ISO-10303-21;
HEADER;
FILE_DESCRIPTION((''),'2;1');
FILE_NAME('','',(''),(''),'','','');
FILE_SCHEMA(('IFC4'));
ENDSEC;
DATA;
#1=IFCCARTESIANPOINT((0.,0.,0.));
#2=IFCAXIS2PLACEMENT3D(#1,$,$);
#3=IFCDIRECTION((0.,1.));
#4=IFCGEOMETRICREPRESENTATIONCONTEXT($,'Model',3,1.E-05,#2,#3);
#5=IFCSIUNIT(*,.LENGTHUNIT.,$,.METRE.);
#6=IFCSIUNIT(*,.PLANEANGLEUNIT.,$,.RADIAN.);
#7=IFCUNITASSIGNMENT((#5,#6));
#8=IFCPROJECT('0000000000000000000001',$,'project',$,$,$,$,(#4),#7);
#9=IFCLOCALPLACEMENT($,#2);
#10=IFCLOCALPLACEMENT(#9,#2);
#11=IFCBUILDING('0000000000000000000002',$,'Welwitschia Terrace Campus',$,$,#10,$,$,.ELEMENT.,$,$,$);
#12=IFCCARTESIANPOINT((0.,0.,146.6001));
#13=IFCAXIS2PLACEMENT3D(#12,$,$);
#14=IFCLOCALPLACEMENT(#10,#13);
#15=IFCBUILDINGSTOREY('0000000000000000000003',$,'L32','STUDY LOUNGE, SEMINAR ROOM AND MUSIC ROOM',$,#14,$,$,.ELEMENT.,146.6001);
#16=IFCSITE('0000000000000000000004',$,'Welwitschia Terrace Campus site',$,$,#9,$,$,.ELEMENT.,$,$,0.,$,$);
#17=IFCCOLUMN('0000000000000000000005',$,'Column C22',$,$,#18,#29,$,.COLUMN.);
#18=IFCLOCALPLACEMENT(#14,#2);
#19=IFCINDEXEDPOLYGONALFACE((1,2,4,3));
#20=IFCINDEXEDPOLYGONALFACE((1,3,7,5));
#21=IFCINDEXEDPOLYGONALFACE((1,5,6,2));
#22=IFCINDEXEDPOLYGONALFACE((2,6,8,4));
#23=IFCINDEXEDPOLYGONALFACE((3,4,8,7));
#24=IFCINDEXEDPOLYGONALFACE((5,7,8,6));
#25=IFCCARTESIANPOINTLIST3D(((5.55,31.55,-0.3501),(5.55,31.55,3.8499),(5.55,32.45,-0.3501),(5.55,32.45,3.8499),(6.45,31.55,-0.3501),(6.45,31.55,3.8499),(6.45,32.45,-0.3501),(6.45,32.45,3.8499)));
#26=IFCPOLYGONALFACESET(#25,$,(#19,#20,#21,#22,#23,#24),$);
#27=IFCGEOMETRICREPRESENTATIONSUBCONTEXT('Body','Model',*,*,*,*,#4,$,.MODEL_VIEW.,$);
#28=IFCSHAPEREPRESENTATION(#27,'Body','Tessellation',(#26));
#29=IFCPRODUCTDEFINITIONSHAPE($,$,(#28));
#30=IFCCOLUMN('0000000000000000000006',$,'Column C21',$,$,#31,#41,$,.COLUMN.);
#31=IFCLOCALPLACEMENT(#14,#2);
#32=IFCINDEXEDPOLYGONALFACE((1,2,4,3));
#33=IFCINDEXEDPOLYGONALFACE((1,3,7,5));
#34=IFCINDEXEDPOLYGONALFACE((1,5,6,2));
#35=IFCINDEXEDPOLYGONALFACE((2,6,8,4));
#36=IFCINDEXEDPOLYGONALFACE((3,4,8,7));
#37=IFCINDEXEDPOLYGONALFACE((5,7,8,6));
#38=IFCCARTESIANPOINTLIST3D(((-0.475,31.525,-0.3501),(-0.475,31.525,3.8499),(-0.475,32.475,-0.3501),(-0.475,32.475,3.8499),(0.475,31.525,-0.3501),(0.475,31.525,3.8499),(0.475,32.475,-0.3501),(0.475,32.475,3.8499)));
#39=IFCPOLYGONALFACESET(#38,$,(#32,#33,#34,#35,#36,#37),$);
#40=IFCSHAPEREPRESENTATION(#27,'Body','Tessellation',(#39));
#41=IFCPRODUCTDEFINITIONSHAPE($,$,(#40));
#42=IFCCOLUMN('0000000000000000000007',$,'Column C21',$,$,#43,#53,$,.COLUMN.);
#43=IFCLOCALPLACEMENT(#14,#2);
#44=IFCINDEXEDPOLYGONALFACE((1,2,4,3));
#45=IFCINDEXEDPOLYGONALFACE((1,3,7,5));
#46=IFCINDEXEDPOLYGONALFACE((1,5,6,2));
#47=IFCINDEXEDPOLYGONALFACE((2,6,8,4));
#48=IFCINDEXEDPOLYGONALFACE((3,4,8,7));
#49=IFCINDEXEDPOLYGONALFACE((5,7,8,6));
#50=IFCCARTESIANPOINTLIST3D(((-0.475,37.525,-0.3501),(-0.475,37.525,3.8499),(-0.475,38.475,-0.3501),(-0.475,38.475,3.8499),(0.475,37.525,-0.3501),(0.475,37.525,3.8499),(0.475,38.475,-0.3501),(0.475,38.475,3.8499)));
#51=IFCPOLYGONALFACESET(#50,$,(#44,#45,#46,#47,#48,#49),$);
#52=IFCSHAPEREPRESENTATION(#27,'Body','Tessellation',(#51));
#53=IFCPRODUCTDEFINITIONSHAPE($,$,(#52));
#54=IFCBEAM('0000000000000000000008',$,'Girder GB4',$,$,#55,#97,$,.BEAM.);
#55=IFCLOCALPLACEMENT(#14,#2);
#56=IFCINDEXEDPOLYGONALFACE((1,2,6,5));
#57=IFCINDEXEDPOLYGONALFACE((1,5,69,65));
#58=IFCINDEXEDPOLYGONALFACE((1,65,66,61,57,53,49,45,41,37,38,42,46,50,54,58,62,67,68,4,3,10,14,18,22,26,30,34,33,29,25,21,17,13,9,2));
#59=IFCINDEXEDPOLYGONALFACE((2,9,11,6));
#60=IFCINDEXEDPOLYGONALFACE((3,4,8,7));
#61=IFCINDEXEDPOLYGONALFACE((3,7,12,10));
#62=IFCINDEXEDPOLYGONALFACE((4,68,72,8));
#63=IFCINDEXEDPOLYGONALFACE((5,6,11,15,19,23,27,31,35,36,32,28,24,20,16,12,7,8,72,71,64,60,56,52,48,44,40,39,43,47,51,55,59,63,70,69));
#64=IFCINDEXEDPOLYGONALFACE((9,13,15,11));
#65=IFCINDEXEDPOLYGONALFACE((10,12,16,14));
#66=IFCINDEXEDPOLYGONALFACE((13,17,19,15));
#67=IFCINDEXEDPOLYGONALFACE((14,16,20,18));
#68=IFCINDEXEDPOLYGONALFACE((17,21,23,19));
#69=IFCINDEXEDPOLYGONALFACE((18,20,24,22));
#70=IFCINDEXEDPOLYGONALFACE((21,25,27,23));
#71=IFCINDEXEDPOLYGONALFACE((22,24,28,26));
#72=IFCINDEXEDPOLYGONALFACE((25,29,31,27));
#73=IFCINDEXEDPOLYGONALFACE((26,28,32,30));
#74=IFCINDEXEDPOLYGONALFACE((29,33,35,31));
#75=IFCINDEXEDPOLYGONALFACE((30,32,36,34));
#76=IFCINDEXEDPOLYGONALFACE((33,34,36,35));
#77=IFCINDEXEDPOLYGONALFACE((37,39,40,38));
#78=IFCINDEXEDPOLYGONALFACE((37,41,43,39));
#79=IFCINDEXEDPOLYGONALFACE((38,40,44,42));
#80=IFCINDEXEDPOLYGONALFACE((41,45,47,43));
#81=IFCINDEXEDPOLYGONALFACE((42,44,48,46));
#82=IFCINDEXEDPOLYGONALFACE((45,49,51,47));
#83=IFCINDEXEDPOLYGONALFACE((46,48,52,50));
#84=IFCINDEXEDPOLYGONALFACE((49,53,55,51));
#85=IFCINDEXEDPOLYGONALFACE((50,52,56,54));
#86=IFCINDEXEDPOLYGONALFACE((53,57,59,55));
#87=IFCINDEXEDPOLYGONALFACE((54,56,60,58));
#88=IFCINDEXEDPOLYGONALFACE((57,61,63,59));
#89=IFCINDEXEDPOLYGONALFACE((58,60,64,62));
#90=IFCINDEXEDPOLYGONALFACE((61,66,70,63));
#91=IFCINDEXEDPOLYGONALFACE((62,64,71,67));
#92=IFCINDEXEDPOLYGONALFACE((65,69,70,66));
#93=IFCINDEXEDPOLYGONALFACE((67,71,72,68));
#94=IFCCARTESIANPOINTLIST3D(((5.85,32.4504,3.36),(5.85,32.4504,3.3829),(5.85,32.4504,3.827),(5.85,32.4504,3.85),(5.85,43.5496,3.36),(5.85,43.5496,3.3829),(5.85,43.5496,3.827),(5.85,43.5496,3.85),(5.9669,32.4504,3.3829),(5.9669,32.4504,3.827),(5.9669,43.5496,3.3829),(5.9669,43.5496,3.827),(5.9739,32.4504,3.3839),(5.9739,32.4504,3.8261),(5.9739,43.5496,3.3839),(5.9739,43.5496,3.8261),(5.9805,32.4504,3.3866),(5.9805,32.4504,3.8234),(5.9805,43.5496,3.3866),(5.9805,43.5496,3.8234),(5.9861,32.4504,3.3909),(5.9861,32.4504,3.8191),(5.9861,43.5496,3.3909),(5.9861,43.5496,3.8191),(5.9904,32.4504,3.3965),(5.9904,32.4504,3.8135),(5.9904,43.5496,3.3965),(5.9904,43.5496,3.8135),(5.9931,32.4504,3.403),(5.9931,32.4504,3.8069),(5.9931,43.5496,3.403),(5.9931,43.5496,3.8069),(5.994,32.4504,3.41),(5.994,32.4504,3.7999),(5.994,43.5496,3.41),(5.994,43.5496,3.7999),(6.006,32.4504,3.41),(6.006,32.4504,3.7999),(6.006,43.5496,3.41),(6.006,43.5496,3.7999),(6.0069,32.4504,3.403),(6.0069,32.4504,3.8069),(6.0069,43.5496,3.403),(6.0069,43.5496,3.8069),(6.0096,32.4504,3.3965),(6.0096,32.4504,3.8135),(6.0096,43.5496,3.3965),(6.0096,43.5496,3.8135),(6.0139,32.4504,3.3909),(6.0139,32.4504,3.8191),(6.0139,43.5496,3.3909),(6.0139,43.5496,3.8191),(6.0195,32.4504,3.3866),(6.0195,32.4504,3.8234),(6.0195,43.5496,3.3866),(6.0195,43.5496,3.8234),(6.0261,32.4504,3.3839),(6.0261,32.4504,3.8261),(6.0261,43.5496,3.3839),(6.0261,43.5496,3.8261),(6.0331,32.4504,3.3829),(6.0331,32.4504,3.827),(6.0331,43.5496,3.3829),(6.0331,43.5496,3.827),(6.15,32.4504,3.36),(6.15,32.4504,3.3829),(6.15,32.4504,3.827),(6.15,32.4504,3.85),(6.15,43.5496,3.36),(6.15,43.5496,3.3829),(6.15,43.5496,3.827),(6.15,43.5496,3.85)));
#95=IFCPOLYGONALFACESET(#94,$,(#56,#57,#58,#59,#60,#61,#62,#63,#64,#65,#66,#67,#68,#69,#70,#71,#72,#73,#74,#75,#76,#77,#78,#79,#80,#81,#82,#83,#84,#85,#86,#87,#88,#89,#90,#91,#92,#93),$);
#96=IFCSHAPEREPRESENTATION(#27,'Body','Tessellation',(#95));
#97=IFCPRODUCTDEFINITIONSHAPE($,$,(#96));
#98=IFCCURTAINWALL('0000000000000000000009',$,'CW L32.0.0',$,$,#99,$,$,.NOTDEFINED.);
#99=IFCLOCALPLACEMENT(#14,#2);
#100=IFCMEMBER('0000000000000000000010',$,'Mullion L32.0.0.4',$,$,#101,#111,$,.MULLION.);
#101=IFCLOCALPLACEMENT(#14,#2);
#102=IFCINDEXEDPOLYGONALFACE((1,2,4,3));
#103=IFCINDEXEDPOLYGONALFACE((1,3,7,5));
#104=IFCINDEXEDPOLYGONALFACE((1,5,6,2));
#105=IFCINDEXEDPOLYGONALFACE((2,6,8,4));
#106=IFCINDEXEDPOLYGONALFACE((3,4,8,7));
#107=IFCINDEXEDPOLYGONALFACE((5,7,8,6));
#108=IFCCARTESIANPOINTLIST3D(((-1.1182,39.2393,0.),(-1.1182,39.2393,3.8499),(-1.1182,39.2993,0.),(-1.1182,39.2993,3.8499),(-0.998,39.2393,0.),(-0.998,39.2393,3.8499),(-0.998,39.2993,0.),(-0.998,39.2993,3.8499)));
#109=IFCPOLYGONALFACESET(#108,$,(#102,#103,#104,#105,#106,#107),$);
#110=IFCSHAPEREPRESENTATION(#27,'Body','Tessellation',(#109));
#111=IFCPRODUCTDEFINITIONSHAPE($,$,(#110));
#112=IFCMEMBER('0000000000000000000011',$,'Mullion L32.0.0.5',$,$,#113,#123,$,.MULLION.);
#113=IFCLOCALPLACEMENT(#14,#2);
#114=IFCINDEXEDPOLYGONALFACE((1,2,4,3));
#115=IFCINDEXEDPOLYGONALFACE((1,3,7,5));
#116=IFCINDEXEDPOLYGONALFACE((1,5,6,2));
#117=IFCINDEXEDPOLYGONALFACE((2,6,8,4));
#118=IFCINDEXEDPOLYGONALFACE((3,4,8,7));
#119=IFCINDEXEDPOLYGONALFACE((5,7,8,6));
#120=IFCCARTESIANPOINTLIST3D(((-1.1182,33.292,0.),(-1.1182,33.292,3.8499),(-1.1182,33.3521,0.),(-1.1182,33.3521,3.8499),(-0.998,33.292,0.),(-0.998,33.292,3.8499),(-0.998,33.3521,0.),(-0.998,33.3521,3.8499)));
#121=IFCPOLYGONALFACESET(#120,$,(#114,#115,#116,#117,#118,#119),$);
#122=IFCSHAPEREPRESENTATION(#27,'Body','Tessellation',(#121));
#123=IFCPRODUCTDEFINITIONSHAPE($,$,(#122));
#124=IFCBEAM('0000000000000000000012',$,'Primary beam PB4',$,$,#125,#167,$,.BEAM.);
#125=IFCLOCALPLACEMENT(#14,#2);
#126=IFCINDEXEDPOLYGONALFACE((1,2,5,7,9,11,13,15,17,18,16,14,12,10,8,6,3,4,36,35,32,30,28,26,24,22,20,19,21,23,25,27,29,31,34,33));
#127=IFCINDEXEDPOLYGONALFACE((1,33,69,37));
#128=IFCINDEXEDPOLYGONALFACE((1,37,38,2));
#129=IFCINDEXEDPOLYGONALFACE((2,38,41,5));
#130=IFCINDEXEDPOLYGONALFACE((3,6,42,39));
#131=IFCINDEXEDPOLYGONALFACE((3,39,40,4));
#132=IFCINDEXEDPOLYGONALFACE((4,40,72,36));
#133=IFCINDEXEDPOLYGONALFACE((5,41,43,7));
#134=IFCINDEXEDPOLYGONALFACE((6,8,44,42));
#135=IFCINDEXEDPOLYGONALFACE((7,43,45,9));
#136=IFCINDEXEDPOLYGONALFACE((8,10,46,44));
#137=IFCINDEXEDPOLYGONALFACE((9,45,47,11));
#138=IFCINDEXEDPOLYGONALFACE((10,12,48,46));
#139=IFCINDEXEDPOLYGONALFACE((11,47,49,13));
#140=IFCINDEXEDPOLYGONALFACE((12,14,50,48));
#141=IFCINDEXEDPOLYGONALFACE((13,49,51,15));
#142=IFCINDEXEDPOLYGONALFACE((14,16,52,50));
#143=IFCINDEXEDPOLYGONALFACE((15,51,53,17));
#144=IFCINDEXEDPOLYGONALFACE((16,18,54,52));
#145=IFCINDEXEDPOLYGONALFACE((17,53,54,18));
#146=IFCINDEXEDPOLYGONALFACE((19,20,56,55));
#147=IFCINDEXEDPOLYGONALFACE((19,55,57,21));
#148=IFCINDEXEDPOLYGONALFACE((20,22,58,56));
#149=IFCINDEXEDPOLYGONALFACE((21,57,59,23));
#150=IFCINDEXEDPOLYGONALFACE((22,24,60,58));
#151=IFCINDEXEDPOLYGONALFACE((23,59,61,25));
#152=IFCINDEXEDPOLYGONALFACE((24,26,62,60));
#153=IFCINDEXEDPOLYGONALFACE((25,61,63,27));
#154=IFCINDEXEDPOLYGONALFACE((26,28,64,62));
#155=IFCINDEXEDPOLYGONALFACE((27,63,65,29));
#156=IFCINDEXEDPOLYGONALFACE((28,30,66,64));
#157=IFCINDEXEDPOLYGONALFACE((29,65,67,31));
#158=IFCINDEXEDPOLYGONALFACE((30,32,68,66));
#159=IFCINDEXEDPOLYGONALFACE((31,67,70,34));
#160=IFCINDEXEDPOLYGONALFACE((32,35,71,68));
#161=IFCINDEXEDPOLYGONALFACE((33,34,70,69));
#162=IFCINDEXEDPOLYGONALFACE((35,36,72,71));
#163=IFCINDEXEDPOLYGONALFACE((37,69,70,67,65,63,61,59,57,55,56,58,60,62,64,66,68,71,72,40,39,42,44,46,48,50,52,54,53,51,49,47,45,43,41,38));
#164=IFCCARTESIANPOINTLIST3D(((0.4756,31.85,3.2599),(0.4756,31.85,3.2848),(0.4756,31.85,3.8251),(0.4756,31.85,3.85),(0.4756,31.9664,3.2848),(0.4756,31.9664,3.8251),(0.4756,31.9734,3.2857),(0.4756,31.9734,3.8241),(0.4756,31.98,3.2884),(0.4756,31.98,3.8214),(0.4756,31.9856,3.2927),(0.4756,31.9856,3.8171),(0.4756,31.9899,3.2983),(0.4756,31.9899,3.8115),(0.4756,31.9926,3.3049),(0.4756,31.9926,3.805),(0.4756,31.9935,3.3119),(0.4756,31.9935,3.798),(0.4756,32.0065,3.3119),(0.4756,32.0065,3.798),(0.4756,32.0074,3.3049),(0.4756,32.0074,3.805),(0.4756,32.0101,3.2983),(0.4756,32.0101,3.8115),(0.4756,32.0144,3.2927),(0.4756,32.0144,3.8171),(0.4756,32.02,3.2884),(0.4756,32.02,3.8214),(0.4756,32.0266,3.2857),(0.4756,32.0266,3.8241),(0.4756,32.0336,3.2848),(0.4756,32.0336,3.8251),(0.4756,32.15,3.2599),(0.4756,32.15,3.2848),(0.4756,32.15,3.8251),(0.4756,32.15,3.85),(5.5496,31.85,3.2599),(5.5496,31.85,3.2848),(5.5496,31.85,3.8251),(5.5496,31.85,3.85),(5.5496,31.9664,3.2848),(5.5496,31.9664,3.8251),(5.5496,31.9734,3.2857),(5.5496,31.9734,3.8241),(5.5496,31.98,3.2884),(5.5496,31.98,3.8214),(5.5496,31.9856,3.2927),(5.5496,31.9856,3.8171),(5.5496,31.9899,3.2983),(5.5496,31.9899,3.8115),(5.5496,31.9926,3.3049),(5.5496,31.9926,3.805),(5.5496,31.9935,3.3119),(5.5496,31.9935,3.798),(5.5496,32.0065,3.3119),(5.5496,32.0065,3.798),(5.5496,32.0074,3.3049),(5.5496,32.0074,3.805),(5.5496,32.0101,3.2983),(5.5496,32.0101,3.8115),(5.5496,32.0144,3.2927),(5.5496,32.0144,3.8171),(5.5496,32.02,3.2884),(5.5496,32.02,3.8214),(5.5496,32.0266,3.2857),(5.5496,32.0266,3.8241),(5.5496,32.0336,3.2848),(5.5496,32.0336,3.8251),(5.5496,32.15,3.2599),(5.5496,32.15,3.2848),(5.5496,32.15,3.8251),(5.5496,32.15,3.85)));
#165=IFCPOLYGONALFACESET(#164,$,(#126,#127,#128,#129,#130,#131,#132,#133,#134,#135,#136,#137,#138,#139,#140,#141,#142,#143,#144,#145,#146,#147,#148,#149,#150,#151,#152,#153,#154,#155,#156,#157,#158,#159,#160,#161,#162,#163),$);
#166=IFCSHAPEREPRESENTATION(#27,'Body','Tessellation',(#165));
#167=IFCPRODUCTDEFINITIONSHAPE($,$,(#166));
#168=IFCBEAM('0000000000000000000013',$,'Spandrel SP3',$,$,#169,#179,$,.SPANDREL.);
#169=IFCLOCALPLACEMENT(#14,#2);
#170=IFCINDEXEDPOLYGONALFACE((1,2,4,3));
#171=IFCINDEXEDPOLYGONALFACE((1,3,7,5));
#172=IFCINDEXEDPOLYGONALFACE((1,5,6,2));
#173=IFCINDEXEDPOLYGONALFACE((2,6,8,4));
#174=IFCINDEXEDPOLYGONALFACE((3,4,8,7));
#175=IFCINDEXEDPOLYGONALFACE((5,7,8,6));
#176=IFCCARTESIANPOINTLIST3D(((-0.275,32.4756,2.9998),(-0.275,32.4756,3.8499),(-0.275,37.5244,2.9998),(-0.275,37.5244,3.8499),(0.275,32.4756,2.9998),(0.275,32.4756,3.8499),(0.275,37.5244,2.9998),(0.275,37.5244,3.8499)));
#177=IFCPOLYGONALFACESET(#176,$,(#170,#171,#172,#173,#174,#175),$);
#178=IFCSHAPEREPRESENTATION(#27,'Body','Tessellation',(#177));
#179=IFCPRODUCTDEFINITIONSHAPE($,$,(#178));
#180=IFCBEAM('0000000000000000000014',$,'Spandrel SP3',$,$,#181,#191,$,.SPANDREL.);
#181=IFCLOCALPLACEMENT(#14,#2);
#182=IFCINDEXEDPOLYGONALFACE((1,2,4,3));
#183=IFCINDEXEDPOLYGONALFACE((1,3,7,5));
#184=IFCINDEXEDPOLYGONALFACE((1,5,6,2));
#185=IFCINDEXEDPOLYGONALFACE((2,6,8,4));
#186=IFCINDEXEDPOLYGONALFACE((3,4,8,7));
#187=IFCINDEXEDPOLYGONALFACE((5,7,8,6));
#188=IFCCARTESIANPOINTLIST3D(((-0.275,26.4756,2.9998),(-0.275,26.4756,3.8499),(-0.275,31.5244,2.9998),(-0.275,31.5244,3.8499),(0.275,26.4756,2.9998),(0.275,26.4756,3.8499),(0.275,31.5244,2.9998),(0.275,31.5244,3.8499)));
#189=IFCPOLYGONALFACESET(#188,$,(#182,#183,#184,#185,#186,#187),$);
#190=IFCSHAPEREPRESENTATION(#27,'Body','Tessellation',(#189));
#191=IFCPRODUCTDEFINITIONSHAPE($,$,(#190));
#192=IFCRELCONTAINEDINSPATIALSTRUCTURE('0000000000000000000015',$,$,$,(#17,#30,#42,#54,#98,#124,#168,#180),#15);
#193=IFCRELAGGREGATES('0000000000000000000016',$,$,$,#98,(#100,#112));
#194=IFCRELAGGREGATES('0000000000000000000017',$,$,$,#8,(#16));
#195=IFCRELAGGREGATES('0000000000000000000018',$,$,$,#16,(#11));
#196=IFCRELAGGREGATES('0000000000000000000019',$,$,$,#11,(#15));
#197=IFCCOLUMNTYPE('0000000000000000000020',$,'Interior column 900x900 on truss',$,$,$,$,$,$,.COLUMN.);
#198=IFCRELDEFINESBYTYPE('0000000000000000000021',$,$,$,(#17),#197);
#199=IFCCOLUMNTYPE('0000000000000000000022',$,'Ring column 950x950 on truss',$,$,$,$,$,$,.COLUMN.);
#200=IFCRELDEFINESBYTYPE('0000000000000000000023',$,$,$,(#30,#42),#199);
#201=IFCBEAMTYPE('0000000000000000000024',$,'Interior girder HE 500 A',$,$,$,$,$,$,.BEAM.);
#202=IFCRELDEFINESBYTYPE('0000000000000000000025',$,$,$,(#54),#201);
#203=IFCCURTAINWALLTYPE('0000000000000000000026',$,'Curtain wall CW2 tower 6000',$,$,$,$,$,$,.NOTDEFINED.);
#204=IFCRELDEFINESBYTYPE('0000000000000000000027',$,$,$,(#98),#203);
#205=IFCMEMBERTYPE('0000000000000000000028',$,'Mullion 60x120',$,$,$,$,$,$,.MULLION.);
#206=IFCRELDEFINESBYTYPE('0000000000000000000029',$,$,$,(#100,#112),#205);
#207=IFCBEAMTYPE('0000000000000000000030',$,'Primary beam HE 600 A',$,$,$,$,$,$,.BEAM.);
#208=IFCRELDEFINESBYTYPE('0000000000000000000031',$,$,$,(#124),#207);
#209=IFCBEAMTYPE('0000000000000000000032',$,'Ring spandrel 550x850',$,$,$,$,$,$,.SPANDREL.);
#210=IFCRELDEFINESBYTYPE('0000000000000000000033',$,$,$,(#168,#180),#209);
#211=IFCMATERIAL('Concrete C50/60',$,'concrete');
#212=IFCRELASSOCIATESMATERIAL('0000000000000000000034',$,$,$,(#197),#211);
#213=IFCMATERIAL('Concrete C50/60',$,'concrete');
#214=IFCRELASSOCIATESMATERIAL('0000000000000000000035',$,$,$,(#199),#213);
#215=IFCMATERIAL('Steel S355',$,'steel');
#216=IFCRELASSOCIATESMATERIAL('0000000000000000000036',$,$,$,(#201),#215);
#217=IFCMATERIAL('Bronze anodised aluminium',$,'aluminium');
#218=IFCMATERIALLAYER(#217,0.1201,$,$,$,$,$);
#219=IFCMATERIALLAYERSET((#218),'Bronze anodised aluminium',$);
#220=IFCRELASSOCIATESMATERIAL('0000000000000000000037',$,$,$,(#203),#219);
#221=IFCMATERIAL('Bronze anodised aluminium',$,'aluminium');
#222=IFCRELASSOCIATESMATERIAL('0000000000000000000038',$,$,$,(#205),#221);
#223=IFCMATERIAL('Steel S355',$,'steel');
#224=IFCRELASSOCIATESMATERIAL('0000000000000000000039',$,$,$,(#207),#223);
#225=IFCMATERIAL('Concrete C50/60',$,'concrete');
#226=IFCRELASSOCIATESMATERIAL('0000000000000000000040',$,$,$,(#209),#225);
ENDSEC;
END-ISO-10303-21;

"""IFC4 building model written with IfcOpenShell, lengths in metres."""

from ifc_helpers import new_model, si_unit, direction, frame, origin, origin_2d, place, context, subcontext, project, spatial, rectangle, i_section, extrude, material, layer, layer_set, material_profile, profile_set, type_object, element, aggregate, save


model = new_model("IFC4")

# Units and contexts
model_context = context("Model", 3, precision=1e-05, world=origin(), true_north=direction((0.0, 1.0)))
body_context = subcontext(model_context, "Body", "Model", "MODEL_VIEW")
ifc_project = project(units=[si_unit("LENGTHUNIT", "METRE"), si_unit("PLANEANGLEUNIT", "RADIAN")], contexts=[model_context])

# Site, building, storey
site_placement = place(None, origin())
site = spatial("IfcSite", under=ifc_project, at=site_placement, Name="Welwitschia Terrace Campus site", CompositionType="ELEMENT", RefElevation=0.0)
building_placement = place(site_placement, origin())
building = spatial("IfcBuilding", under=site, at=building_placement, Name="Welwitschia Terrace Campus", CompositionType="ELEMENT")
storey_placement = place(building_placement, frame((0.0, 0.0, 146.6001)))
storey = spatial("IfcBuildingStorey", under=building, at=storey_placement, Name="L32", Description="STUDY LOUNGE, SEMINAR ROOM AND MUSIC ROOM", CompositionType="ELEMENT", Elevation=146.6001)

# Columns
ifc_material_1 = material(Name="Concrete C50/60", Category="concrete")
ifc_material_profile_1 = material_profile(ifc_material_1, rectangle(XDim=0.8999, YDim=0.8999, at=origin_2d()))
ifc_profile_set_1 = profile_set([ifc_material_profile_1], Name="Concrete C50/60")
column_type_1 = type_object("IfcColumnType", Name="Interior column 900x900 on truss", PredefinedType="COLUMN", material=ifc_profile_set_1)
column_placement = place(storey_placement, frame((6.0, 32.0, -0.3501), z_axis=(0.0, 0.0, 1.0), x_axis=(1.0, 0.0, 0.0)))
element("IfcColumn", 1, at=column_placement, inside=storey, type_object=column_type_1, Name="Column C22", PredefinedType="COLUMN", context=body_context, shape_type="SweptSolid", body=[
    extrude(rectangle(XDim=0.8999, YDim=0.8999, at=origin_2d()), origin(), (0.0, 0.0, 1.0), 4.2),
])
ifc_material_2 = material(Name="Concrete C50/60", Category="concrete")
ifc_material_profile_2 = material_profile(ifc_material_2, rectangle(XDim=0.95, YDim=0.95, at=origin_2d()))
ifc_profile_set_2 = profile_set([ifc_material_profile_2], Name="Concrete C50/60")
column_type_2 = type_object("IfcColumnType", Name="Ring column 950x950 on truss", PredefinedType="COLUMN", material=ifc_profile_set_2)
for number, where, z_axis, x_axis, name in (
    (2, (0.0, 32.0, -0.3501), (0.0, 0.0, 1.0), (1.0, 0.0, 0.0), "Column C21"),
    (3, (0.0, 38.0, -0.3501), (0.0, 0.0, 1.0), (1.0, 0.0, 0.0), "Column C21"),
):
    element("IfcColumn", number, at=place(storey_placement, frame(where, z_axis=z_axis, x_axis=x_axis)), inside=storey, type_object=column_type_2, Name=name, PredefinedType="COLUMN", context=body_context, shape_type="SweptSolid", body=[
        extrude(rectangle(XDim=0.95, YDim=0.95, at=origin_2d()), origin(), (0.0, 0.0, 1.0), 4.2),
    ])

# Beam
ifc_material_3 = material(Name="Steel S355", Category="steel")
ifc_material_profile_3 = material_profile(ifc_material_3, i_section(OverallWidth=0.3, OverallDepth=0.49, WebThickness=0.012, FlangeThickness=0.0229, FilletRadius=0.0271, at=origin_2d()))
ifc_profile_set_3 = profile_set([ifc_material_profile_3], Name="Steel S355")
beam_type_1 = type_object("IfcBeamType", Name="Interior girder HE 500 A", PredefinedType="BEAM", material=ifc_profile_set_3)
beam_1_placement = place(storey_placement, frame((6.0, 32.4504, 3.605), z_axis=(0.0, 1.0, 0.0), x_axis=(-1.0, 0.0, 0.0)))
element("IfcBeam", 4, at=beam_1_placement, inside=storey, type_object=beam_type_1, Name="Girder GB4", PredefinedType="BEAM", context=body_context, shape_type="SweptSolid", body=[
    extrude(i_section(OverallWidth=0.3, OverallDepth=0.49, WebThickness=0.012, FlangeThickness=0.0229, FilletRadius=0.0271, at=origin_2d()), origin(), (0.0, 0.0, 1.0), 11.0991),
])

# Curtain wall, members
ifc_material_4 = material(Name="Bronze anodised aluminium", Category="aluminium")
ifc_layer_1 = layer(ifc_material_4, 0.1201)
ifc_layer_set_1 = layer_set([ifc_layer_1], Name="Bronze anodised aluminium")
curtain_wall_type = type_object("IfcCurtainWallType", Name="Curtain wall CW2 tower 6000", PredefinedType="NOTDEFINED", material=ifc_layer_set_1)
curtain_wall_placement = place(storey_placement, origin())
curtain_wall = element("IfcCurtainWall", 5, at=curtain_wall_placement, inside=storey, type_object=curtain_wall_type, Name="CW L32.0.0", PredefinedType="NOTDEFINED")
ifc_material_5 = material(Name="Bronze anodised aluminium", Category="aluminium")
ifc_material_profile_4 = material_profile(ifc_material_5, rectangle(XDim=0.1201, YDim=0.0601, at=origin_2d()))
ifc_profile_set_4 = profile_set([ifc_material_profile_4], Name="Bronze anodised aluminium")
member_type = type_object("IfcMemberType", Name="Mullion 60x120", PredefinedType="MULLION", material=ifc_profile_set_4)
member_1_placement = place(storey_placement, frame((-1.0581, 39.2693, 0.0), z_axis=(0.0, 0.0, 1.0), x_axis=(1.0, 0.0, 0.0)))
member_1 = element("IfcMember", 6, at=member_1_placement, type_object=member_type, Name="Mullion L32.0.0.4", PredefinedType="MULLION", context=body_context, shape_type="SweptSolid", body=[
    extrude(rectangle(XDim=0.1201, YDim=0.0601, at=origin_2d()), origin(), (0.0, 0.0, 1.0), 3.8499),
])
member_2_placement = place(storey_placement, frame((-1.0581, 33.322, 0.0), z_axis=(0.0, 0.0, 1.0), x_axis=(1.0, 0.0, 0.0)))
member_2 = element("IfcMember", 7, at=member_2_placement, type_object=member_type, Name="Mullion L32.0.0.5", PredefinedType="MULLION", context=body_context, shape_type="SweptSolid", body=[
    extrude(rectangle(XDim=0.1201, YDim=0.0601, at=origin_2d()), origin(), (0.0, 0.0, 1.0), 3.8499),
])

# Beams
ifc_material_6 = material(Name="Steel S355", Category="steel")
ifc_material_profile_5 = material_profile(ifc_material_6, i_section(OverallWidth=0.3, OverallDepth=0.5901, WebThickness=0.0129, FlangeThickness=0.0249, FilletRadius=0.0271, at=origin_2d()))
ifc_profile_set_5 = profile_set([ifc_material_profile_5], Name="Steel S355")
beam_type_2 = type_object("IfcBeamType", Name="Primary beam HE 600 A", PredefinedType="BEAM", material=ifc_profile_set_5)
beam_2_placement = place(storey_placement, frame((0.4756, 32.0, 3.5549), z_axis=(1.0, 0.0, 0.0), x_axis=(0.0, 1.0, 0.0)))
element("IfcBeam", 8, at=beam_2_placement, inside=storey, type_object=beam_type_2, Name="Primary beam PB4", PredefinedType="BEAM", context=body_context, shape_type="SweptSolid", body=[
    extrude(i_section(OverallWidth=0.3, OverallDepth=0.5901, WebThickness=0.0129, FlangeThickness=0.0249, FilletRadius=0.0271, at=origin_2d()), origin(), (0.0, 0.0, 1.0), 5.074),
])
ifc_material_7 = material(Name="Concrete C50/60", Category="concrete")
ifc_material_profile_6 = material_profile(ifc_material_7, rectangle(XDim=0.55, YDim=0.8501, at=origin_2d()))
ifc_profile_set_6 = profile_set([ifc_material_profile_6], Name="Concrete C50/60")
beam_type_3 = type_object("IfcBeamType", Name="Ring spandrel 550x850", PredefinedType="SPANDREL", material=ifc_profile_set_6)
for number, where, z_axis, x_axis, name in (
    (9, (0.0, 37.5244, 3.4248), (0.0, -1.0, 0.0), (1.0, 0.0, 0.0), "Spandrel SP3"),
    (10, (0.0, 31.5244, 3.4248), (0.0, -1.0, 0.0), (1.0, 0.0, 0.0), "Spandrel SP3"),
):
    element("IfcBeam", number, at=place(storey_placement, frame(where, z_axis=z_axis, x_axis=x_axis)), inside=storey, type_object=beam_type_3, Name=name, PredefinedType="SPANDREL", context=body_context, shape_type="SweptSolid", body=[
        extrude(rectangle(XDim=0.55, YDim=0.8501, at=origin_2d()), origin(), (0.0, 0.0, 1.0), 5.0488),
    ])

aggregate(curtain_wall, [member_1, member_2])

save(model, "model.ifc")
